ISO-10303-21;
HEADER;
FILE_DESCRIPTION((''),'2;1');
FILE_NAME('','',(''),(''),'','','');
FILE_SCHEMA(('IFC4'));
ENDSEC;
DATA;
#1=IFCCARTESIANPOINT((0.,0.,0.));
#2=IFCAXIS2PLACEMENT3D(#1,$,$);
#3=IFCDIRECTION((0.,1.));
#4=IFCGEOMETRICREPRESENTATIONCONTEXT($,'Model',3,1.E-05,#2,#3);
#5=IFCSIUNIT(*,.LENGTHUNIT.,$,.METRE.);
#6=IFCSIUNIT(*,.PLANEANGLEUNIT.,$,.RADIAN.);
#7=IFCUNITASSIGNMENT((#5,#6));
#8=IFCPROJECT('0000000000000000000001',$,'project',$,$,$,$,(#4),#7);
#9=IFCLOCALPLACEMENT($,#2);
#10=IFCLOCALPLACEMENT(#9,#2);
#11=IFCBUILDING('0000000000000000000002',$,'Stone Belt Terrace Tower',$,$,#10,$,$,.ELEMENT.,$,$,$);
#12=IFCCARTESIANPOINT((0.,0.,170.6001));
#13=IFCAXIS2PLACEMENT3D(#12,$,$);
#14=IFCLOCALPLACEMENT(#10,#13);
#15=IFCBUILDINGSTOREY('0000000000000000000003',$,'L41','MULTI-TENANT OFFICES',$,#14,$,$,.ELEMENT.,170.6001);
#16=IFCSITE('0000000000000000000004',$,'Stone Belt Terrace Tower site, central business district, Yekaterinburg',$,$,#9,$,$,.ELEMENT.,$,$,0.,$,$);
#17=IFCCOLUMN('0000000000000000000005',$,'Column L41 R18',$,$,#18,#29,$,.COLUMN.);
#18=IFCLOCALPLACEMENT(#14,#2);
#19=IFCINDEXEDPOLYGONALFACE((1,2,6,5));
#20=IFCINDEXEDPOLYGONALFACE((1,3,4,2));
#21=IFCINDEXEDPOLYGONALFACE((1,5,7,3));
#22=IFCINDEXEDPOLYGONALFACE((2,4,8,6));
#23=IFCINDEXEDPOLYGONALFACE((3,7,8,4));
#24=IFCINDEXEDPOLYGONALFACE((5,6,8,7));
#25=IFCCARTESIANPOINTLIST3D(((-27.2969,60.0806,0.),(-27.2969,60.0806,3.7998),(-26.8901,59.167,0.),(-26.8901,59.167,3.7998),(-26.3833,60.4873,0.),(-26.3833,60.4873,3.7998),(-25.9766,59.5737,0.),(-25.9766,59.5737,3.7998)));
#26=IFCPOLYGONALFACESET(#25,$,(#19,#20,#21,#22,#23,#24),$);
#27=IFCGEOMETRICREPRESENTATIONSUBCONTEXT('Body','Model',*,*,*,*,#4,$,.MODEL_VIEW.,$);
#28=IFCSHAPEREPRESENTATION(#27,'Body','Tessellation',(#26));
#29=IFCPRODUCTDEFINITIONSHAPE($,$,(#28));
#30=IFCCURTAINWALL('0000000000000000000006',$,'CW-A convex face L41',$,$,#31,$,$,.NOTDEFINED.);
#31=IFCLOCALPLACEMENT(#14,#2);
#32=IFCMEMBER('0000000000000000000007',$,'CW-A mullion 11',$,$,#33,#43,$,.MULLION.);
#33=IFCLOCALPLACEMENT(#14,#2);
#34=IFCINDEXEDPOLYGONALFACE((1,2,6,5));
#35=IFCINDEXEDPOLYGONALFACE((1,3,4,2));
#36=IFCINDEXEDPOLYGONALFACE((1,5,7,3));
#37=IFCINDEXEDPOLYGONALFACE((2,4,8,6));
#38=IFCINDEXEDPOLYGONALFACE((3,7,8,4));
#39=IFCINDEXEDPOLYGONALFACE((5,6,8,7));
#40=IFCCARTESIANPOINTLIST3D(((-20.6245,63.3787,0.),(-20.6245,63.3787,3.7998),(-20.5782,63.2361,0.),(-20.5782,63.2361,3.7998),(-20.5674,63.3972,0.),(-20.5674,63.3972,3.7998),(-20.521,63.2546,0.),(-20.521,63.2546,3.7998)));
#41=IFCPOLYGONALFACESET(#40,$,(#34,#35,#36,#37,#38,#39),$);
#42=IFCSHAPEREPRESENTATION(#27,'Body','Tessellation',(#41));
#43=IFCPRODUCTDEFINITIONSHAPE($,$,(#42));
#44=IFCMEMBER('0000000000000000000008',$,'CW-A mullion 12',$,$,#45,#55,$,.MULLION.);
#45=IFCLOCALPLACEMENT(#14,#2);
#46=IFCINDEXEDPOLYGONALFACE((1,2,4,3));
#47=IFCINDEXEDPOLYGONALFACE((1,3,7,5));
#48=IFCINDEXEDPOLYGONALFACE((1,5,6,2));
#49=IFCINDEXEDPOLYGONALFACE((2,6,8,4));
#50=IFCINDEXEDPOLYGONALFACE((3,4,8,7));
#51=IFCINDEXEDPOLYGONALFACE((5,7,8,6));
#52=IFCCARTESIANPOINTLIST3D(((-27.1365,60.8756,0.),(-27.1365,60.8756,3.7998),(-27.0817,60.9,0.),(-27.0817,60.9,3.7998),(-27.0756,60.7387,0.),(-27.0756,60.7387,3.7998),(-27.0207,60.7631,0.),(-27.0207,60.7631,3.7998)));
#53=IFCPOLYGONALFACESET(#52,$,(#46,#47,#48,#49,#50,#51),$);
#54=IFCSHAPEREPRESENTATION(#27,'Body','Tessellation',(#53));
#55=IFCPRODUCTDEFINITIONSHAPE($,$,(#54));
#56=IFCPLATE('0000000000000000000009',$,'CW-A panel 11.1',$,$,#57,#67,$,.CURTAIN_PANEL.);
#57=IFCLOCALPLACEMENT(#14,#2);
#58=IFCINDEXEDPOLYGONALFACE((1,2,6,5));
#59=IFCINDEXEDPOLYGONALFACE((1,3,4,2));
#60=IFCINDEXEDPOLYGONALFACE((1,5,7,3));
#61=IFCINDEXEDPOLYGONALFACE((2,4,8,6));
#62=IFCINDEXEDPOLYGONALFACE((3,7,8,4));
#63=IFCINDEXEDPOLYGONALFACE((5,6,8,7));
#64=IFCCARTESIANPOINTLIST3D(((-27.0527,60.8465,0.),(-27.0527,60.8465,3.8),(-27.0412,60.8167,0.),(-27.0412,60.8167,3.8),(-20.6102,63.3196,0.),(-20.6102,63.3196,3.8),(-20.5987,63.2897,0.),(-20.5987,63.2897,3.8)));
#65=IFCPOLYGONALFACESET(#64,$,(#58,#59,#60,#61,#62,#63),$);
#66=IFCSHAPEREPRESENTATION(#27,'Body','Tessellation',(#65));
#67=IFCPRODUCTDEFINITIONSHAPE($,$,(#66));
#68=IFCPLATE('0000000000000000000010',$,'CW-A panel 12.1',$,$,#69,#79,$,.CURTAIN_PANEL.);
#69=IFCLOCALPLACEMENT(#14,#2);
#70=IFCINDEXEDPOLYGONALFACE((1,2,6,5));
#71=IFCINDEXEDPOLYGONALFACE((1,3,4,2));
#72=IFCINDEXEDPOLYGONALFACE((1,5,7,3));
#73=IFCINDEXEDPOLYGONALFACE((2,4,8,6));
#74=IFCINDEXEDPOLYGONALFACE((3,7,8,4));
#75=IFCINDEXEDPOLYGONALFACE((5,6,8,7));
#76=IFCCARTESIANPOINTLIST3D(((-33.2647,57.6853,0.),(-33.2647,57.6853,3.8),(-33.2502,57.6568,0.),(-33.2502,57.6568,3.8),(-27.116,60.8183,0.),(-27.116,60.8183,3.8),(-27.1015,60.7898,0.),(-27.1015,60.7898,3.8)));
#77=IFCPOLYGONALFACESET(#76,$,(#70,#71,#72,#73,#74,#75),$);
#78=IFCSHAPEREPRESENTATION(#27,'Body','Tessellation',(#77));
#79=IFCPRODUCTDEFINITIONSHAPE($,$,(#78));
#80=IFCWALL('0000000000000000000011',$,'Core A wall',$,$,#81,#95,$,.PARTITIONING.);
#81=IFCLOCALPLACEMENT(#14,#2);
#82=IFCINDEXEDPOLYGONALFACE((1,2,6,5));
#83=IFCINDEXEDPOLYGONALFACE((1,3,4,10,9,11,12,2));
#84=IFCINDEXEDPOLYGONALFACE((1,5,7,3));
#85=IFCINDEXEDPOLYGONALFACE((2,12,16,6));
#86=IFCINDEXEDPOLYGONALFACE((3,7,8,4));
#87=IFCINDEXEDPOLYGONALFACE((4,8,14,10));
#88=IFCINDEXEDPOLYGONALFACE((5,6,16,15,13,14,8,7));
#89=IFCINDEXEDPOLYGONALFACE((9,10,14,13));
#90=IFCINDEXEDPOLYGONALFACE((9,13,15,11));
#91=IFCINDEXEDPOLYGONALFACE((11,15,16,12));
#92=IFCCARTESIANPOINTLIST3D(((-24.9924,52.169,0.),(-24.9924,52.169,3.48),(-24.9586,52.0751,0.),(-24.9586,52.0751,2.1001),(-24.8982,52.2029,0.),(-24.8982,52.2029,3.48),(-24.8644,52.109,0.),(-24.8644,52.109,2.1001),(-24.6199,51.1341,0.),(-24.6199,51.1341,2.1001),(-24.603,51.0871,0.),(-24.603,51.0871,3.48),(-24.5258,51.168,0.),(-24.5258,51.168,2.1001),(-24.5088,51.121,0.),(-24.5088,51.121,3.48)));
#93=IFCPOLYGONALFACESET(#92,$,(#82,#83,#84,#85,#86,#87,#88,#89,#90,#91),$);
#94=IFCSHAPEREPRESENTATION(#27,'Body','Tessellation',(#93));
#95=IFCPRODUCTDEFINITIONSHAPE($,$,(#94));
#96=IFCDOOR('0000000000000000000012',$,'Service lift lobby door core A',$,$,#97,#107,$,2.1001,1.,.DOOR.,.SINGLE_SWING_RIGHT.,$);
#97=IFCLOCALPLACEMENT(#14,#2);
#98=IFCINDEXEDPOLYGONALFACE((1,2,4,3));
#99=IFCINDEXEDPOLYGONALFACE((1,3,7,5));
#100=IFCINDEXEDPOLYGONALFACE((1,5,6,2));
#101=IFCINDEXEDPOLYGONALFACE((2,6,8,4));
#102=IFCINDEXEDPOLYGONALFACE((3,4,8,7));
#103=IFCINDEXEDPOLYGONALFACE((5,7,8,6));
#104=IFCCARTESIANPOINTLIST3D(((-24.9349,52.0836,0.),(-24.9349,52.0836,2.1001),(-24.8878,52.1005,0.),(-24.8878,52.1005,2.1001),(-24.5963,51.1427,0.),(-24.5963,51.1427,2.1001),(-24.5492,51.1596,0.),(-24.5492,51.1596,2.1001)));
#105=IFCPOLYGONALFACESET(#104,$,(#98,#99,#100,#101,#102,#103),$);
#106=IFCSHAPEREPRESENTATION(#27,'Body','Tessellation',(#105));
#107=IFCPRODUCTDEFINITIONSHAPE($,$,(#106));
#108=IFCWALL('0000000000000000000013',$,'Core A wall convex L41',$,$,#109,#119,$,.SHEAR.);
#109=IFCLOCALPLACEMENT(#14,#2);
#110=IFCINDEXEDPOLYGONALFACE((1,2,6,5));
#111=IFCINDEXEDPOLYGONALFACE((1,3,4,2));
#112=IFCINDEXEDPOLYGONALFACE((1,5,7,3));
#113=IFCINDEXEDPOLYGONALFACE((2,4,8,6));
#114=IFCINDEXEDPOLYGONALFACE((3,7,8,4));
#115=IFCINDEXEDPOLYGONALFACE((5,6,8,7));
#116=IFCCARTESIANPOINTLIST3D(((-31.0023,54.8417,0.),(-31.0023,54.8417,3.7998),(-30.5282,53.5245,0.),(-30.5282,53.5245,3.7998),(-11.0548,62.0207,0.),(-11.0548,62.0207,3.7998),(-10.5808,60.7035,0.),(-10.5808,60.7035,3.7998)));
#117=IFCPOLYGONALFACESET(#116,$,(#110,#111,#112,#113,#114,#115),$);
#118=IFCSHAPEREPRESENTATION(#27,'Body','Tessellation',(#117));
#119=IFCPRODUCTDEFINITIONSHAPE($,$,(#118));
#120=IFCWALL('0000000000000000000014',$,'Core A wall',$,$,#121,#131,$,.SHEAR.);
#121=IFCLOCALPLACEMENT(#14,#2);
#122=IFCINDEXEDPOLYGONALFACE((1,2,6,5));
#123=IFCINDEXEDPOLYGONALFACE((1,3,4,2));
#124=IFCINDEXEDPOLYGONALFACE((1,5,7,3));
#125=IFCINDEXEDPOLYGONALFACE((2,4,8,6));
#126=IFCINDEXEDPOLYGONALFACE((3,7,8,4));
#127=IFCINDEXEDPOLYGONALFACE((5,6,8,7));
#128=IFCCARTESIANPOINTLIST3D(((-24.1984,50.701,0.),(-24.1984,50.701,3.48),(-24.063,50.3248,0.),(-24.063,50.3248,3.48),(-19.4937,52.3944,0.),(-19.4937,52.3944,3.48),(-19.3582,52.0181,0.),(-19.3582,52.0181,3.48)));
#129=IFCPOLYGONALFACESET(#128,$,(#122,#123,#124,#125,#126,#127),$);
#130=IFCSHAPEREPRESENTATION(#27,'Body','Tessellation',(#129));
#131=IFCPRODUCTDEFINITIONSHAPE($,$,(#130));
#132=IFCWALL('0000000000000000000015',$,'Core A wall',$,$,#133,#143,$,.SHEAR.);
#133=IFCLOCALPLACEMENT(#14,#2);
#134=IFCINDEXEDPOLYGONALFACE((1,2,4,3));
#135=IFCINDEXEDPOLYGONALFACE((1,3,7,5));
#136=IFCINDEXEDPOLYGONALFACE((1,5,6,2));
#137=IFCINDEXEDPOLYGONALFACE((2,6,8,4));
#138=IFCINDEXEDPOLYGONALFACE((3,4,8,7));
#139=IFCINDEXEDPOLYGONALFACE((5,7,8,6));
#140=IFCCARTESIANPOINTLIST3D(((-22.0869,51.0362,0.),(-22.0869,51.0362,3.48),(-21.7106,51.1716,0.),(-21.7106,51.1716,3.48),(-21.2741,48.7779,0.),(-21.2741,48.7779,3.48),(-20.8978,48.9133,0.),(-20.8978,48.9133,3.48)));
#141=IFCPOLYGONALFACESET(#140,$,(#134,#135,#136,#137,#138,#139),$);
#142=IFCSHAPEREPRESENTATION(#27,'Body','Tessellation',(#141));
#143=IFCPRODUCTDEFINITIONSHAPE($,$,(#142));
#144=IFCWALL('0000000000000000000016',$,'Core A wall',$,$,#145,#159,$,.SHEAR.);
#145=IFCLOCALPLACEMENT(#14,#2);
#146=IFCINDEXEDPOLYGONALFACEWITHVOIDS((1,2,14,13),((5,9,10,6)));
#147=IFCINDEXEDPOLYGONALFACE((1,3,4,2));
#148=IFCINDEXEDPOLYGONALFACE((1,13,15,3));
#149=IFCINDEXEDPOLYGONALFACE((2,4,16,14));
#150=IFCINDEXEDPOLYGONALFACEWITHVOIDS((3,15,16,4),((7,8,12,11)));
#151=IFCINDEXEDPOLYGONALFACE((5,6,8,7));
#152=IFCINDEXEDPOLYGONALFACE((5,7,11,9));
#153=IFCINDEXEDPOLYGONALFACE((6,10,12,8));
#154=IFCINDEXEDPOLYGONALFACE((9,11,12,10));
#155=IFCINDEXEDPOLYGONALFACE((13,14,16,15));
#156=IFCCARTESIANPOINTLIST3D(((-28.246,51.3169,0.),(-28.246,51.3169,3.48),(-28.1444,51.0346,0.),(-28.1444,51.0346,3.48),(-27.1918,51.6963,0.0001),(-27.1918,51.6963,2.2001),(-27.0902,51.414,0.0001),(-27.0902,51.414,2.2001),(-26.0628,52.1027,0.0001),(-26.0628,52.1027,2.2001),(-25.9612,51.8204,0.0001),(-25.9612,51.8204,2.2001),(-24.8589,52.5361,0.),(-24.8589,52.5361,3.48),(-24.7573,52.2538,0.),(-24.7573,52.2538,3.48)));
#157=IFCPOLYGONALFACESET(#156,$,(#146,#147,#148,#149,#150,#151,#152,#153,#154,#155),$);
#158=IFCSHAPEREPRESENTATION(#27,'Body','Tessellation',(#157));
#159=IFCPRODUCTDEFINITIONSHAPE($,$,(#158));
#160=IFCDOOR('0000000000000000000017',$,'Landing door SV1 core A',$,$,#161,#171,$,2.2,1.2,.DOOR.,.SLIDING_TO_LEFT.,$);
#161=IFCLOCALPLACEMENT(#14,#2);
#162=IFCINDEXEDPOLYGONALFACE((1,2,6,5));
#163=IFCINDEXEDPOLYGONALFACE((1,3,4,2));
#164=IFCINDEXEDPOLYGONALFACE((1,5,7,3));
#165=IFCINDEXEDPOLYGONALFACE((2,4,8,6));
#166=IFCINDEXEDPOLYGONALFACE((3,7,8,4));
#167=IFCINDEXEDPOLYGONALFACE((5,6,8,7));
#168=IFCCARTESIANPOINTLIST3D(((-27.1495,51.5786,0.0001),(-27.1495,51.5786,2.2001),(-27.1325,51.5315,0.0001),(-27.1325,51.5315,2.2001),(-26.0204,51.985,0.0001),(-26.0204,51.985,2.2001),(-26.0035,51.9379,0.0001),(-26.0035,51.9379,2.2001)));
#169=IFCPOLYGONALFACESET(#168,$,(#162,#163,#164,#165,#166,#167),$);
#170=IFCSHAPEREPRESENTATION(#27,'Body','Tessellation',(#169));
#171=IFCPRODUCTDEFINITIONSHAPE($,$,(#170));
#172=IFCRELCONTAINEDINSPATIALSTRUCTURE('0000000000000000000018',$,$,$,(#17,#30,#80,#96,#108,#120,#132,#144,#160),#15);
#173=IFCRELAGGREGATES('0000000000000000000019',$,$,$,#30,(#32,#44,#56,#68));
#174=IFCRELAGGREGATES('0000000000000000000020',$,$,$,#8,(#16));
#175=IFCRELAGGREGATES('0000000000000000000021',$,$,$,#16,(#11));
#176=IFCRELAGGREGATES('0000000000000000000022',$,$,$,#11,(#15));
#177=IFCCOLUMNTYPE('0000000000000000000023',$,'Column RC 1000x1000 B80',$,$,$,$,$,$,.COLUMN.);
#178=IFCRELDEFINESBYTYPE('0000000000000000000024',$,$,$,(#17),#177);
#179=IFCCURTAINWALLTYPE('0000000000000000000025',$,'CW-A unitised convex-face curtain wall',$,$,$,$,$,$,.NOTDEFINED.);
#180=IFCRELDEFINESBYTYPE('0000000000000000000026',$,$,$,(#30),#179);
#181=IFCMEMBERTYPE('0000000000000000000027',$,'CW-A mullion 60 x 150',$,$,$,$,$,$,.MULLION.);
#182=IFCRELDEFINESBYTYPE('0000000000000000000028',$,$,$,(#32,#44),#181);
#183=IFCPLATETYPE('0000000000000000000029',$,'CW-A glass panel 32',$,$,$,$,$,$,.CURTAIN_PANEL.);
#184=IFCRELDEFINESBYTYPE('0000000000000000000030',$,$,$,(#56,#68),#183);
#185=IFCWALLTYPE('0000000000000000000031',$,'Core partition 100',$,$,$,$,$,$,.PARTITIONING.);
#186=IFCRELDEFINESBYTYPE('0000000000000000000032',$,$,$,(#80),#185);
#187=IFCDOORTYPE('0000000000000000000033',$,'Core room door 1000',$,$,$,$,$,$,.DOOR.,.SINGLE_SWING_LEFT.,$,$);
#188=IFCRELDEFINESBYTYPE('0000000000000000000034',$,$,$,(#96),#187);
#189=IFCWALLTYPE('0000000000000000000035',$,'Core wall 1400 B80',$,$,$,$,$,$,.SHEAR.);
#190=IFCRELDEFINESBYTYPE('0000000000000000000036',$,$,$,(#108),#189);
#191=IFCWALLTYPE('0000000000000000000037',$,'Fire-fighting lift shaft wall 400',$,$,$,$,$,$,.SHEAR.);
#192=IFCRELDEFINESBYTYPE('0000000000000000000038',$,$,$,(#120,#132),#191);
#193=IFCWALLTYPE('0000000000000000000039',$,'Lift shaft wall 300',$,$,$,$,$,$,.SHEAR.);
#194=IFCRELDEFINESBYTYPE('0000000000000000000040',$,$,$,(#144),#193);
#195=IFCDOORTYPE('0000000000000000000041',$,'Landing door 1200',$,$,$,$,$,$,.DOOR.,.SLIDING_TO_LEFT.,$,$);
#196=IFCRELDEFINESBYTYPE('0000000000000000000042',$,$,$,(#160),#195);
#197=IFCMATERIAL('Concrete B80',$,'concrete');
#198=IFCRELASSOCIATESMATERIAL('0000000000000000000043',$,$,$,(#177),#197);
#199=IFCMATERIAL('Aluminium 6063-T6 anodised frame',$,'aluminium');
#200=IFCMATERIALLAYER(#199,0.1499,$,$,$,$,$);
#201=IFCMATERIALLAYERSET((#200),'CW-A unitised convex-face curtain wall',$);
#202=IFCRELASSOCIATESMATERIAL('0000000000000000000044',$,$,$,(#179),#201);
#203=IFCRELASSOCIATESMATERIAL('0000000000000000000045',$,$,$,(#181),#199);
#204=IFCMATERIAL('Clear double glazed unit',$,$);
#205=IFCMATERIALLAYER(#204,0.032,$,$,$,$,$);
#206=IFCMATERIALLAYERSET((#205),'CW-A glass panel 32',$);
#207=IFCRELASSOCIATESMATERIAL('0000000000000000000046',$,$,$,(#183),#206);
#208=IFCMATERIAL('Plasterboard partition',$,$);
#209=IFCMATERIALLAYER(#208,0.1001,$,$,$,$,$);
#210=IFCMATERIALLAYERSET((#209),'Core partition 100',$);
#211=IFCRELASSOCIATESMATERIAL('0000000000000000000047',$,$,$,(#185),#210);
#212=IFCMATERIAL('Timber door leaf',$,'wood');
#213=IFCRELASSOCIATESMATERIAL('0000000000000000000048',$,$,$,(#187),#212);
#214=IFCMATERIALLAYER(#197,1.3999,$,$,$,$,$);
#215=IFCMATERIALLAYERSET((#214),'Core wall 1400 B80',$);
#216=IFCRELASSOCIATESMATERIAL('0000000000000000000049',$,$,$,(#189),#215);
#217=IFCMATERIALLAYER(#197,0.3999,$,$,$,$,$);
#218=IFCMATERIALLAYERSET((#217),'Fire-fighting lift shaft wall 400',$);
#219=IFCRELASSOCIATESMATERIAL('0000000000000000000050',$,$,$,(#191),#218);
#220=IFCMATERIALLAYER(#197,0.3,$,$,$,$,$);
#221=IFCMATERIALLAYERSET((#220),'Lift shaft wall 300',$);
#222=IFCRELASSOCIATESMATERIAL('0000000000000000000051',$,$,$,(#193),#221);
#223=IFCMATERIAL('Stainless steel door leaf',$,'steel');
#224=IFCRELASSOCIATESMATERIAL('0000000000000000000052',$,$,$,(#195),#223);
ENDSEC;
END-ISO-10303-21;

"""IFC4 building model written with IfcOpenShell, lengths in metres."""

from ifc_helpers import new_model, si_unit, direction, frame, frame_2d, origin, origin_2d, place, context, subcontext, project, spatial, rectangle, extrude, material, layer, layer_set, material_profile, profile_set, type_object, element, fill, aggregate, save


model = new_model("IFC4")

# Units and contexts
model_context = context("Model", 3, precision=1e-05, world=origin(), true_north=direction((0.0, 1.0)))
body_context = subcontext(model_context, "Body", "Model", "MODEL_VIEW")
ifc_project = project(units=[si_unit("LENGTHUNIT", "METRE"), si_unit("PLANEANGLEUNIT", "RADIAN")], contexts=[model_context])

# Site, building, storey
site_placement = place(None, origin())
site = spatial("IfcSite", under=ifc_project, at=site_placement, Name="Stone Belt Terrace Tower site, central business district, Yekaterinburg", CompositionType="ELEMENT", RefElevation=0.0)
building_placement = place(site_placement, origin())
building = spatial("IfcBuilding", under=site, at=building_placement, Name="Stone Belt Terrace Tower", CompositionType="ELEMENT")
storey_placement = place(building_placement, frame((0.0, 0.0, 170.6001)))
storey = spatial("IfcBuildingStorey", under=building, at=storey_placement, Name="L41", Description="MULTI-TENANT OFFICES", CompositionType="ELEMENT", Elevation=170.6001)

# Column
ifc_material_1 = material(Name="Concrete B80", Category="concrete")
ifc_material_profile_1 = material_profile(ifc_material_1, rectangle(XDim=1.0, YDim=1.0, at=origin_2d()), Name="RC 1000x1000")
ifc_profile_set_1 = profile_set([ifc_material_profile_1], Name="Concrete B80")
column_type = type_object("IfcColumnType", Name="Column RC 1000x1000 B80", PredefinedType="COLUMN", material=ifc_profile_set_1)
column_placement = place(storey_placement, frame((-26.6367, 59.8271, 0.0), z_axis=(0.0, 0.0, 1.0), x_axis=(0.913545, 0.406737, 0.0)))
element("IfcColumn", 1, at=column_placement, inside=storey, type_object=column_type, Name="Column L41 R18", PredefinedType="COLUMN", context=body_context, shape_type="SweptSolid", body=[
    extrude(rectangle(XDim=1.0, YDim=1.0, at=origin_2d()), origin(), (0.0, 0.0, 1.0), 3.7998),
])

# Curtain wall, members, plates
ifc_material_2 = material(Name="Aluminium 6063-T6 anodised frame", Category="aluminium")
ifc_layer_1 = layer(ifc_material_2, 0.1499)
ifc_layer_set_1 = layer_set([ifc_layer_1], Name="CW-A unitised convex-face curtain wall")
curtain_wall_type = type_object("IfcCurtainWallType", Name="CW-A unitised convex-face curtain wall", PredefinedType="NOTDEFINED", material=ifc_layer_set_1)
curtain_wall_placement = place(storey_placement, origin())
curtain_wall = element("IfcCurtainWall", 2, at=curtain_wall_placement, inside=storey, type_object=curtain_wall_type, Name="CW-A convex face L41", PredefinedType="NOTDEFINED")
ifc_material_profile_2 = material_profile(ifc_material_2, rectangle(XDim=0.1499, YDim=0.0601, at=origin_2d()), Name="Aluminium 6063-T6 60x150")
ifc_profile_set_2 = profile_set([ifc_material_profile_2], Name="Aluminium 6063-T6 anodised frame")
member_type = type_object("IfcMemberType", Name="CW-A mullion 60 x 150", PredefinedType="MULLION", material=ifc_profile_set_2)
member_1_placement = place(storey_placement, frame((-20.5728, 63.3167, 0.0), z_axis=(0.0, 0.0, 1.0), x_axis=(0.309017, -0.951057, 0.0)))
member_1 = element("IfcMember", 3, at=member_1_placement, type_object=member_type, Name="CW-A mullion 11", PredefinedType="MULLION", context=body_context, shape_type="SweptSolid", body=[
    extrude(rectangle(XDim=0.1499, YDim=0.0601, at=origin_2d()), origin(), (0.0, 0.0, 1.0), 3.7998),
])
member_2_placement = place(storey_placement, frame((-27.0786, 60.8193, 0.0), z_axis=(0.0, 0.0, 1.0), x_axis=(0.406737, -0.913545, 0.0)))
member_2 = element("IfcMember", 4, at=member_2_placement, type_object=member_type, Name="CW-A mullion 12", PredefinedType="MULLION", context=body_context, shape_type="SweptSolid", body=[
    extrude(rectangle(XDim=0.1499, YDim=0.0601, at=origin_2d()), origin(), (0.0, 0.0, 1.0), 3.7998),
])
ifc_material_3 = material(Name="Clear double glazed unit")
ifc_layer_2 = layer(ifc_material_3, 0.032)
ifc_layer_set_2 = layer_set([ifc_layer_2], Name="CW-A glass panel 32")
plate_type = type_object("IfcPlateType", Name="CW-A glass panel 32", PredefinedType="CURTAIN_PANEL", material=ifc_layer_set_2)
plate_1_placement = place(storey_placement, frame((-23.8257, 62.0681, 0.0), z_axis=(0.0, 0.0, 1.0), x_axis=(-0.93358, -0.358368, 0.0)))
plate_1 = element("IfcPlate", 5, at=plate_1_placement, type_object=plate_type, Name="CW-A panel 11.1", PredefinedType="CURTAIN_PANEL", context=body_context, shape_type="SweptSolid", body=[
    extrude(rectangle(XDim=6.9009, YDim=0.032, at=origin_2d()), origin(), (0.0, 0.0, 1.0), 3.8),
])
plate_2_placement = place(storey_placement, frame((-30.1831, 59.2375, 0.0), z_axis=(0.0, 0.0, 1.0), x_axis=(-0.891007, -0.45399, 0.0)))
plate_2 = element("IfcPlate", 6, at=plate_2_placement, type_object=plate_type, Name="CW-A panel 12.1", PredefinedType="CURTAIN_PANEL", context=body_context, shape_type="SweptSolid", body=[
    extrude(rectangle(XDim=6.9009, YDim=0.032, at=origin_2d()), origin(), (0.0, 0.0, 1.0), 3.8),
])
aggregate(curtain_wall, [member_1, member_2, plate_1, plate_2])

# Wall, opening, door
ifc_material_4 = material(Name="Plasterboard partition")
ifc_layer_3 = layer(ifc_material_4, 0.1001)
ifc_layer_set_3 = layer_set([ifc_layer_3], Name="Core partition 100")
wall_type_1 = type_object("IfcWallType", Name="Core partition 100", PredefinedType="PARTITIONING", material=ifc_layer_set_3)
wall_1_placement = place(storey_placement, frame((-24.5559, 51.104, 0.0), z_axis=(0.0, 0.0, 1.0), x_axis=(-0.338622, 0.940923, 0.0)))
wall_1 = element("IfcWall", 7, at=wall_1_placement, inside=storey, type_object=wall_type_1, Name="Core A wall", PredefinedType="PARTITIONING", context=body_context, shape_type="SweptSolid", body=[
    extrude(rectangle(XDim=1.1499, YDim=0.1001, at=frame_2d((0.575, 0.0))), origin(), (0.0, 0.0, 1.0), 3.48),
])
opening_1_placement = place(wall_1_placement, frame((0.05, 0.0, 0.0)))
opening_1 = element("IfcOpeningElement", 8, at=opening_1_placement, cuts=wall_1, PredefinedType="OPENING", context=body_context, shape_type="SweptSolid", body=[
    extrude(rectangle(XDim=1.0, YDim=2.1001, at=frame_2d((0.5, 1.05))), frame((0.0, 0.0601, 0.0), z_axis=(0.0, -1.0, 0.0), x_axis=(1.0, 0.0, 0.0)), (0.0, 0.0, 1.0), 0.1201),
])
ifc_material_5 = material(Name="Timber door leaf", Category="wood")
door_type_1 = type_object("IfcDoorType", Name="Core room door 1000", OperationType="SINGLE_SWING_LEFT", PredefinedType="DOOR", material=ifc_material_5)
door_1_placement = place(opening_1_placement, origin())
door_1 = element("IfcDoor", 9, at=door_1_placement, inside=storey, type_object=door_type_1, Name="Service lift lobby door core A", OperationType="SINGLE_SWING_RIGHT", OverallHeight=2.1001, OverallWidth=1.0, PredefinedType="DOOR", context=body_context, shape_type="SweptSolid", body=[
    extrude(rectangle(XDim=1.0, YDim=2.1001, at=frame_2d((0.5, 1.05))), frame((0.0, 0.0249, 0.0), z_axis=(0.0, -1.0, 0.0), x_axis=(1.0, 0.0, 0.0)), (0.0, 0.0, 1.0), 0.05),
])
fill(opening_1, door_1)

# Walls
ifc_layer_4 = layer(ifc_material_1, 1.3999)
ifc_layer_set_4 = layer_set([ifc_layer_4], Name="Core wall 1400 B80")
wall_type_2 = type_object("IfcWallType", Name="Core wall 1400 B80", PredefinedType="SHEAR", material=ifc_layer_set_4)
wall_2_placement = place(storey_placement, frame((-30.7654, 54.1831, 0.0), z_axis=(0.0, 0.0, 1.0), x_axis=(0.94092, 0.33863, 0.0)))
element("IfcWall", 10, at=wall_2_placement, inside=storey, type_object=wall_type_2, Name="Core A wall convex L41", PredefinedType="SHEAR", context=body_context, shape_type="SweptSolid", body=[
    extrude(rectangle(XDim=21.2, YDim=1.3999, at=frame_2d((10.6001, 0.0))), origin(), (0.0, 0.0, 1.0), 3.7998),
])
ifc_layer_5 = layer(ifc_material_1, 0.3999)
ifc_layer_set_5 = layer_set([ifc_layer_5], Name="Fire-fighting lift shaft wall 400")
wall_type_3 = type_object("IfcWallType", Name="Fire-fighting lift shaft wall 400", PredefinedType="SHEAR", material=ifc_layer_set_5)
wall_3_placement = place(storey_placement, frame((-24.1306, 50.5129, 0.0), z_axis=(0.0, 0.0, 1.0), x_axis=(0.940912, 0.338652, 0.0)))
element("IfcWall", 11, at=wall_3_placement, inside=storey, type_object=wall_type_3, Name="Core A wall", PredefinedType="SHEAR", context=body_context, shape_type="SweptSolid", body=[
    extrude(rectangle(XDim=5.0002, YDim=0.3999, at=frame_2d((2.5, 0.0))), origin(), (0.0, 0.0, 1.0), 3.48),
])
wall_4_placement = place(storey_placement, frame((-21.0859, 48.8455, 0.0), z_axis=(0.0, 0.0, 1.0), x_axis=(-0.338629, 0.94092, 0.0)))
element("IfcWall", 12, at=wall_4_placement, inside=storey, type_object=wall_type_3, Name="Core A wall", PredefinedType="SHEAR", context=body_context, shape_type="SweptSolid", body=[
    extrude(rectangle(XDim=2.4001, YDim=0.3999, at=frame_2d((1.2002, 0.0))), origin(), (0.0, 0.0, 1.0), 3.48),
])

# Wall, opening, door
ifc_layer_6 = layer(ifc_material_1, 0.3)
ifc_layer_set_6 = layer_set([ifc_layer_6], Name="Lift shaft wall 300")
wall_type_4 = type_object("IfcWallType", Name="Lift shaft wall 300", PredefinedType="SHEAR", material=ifc_layer_set_6)
wall_5_placement = place(storey_placement, frame((-28.1951, 51.1758, 0.0), z_axis=(0.0, 0.0, 1.0), x_axis=(0.940901, 0.338681, 0.0)))
wall_5 = element("IfcWall", 13, at=wall_5_placement, inside=storey, type_object=wall_type_4, Name="Core A wall", PredefinedType="SHEAR", context=body_context, shape_type="SweptSolid", body=[
    extrude(rectangle(XDim=3.5999, YDim=0.3, at=frame_2d((1.7998, 0.0))), origin(), (0.0, 0.0, 1.0), 3.48),
])
opening_2_placement = place(wall_5_placement, frame((1.1201, 0.0, 0.0)))
opening_2 = element("IfcOpeningElement", 14, at=opening_2_placement, cuts=wall_5, PredefinedType="OPENING", context=body_context, shape_type="SweptSolid", body=[
    extrude(rectangle(XDim=1.2, YDim=2.2, at=frame_2d((0.6001, 1.1001))), frame((0.0, 0.1599, 0.0), z_axis=(0.0, -1.0, 0.0), x_axis=(1.0, 0.0, 0.0)), (0.0, 0.0, 1.0), 0.3201),
])
ifc_material_6 = material(Name="Stainless steel door leaf", Category="steel")
door_type_2 = type_object("IfcDoorType", Name="Landing door 1200", OperationType="SLIDING_TO_LEFT", PredefinedType="DOOR", material=ifc_material_6)
door_2_placement = place(opening_2_placement, origin())
door_2 = element("IfcDoor", 15, at=door_2_placement, inside=storey, type_object=door_type_2, Name="Landing door SV1 core A", OperationType="SLIDING_TO_LEFT", OverallHeight=2.2, OverallWidth=1.2, PredefinedType="DOOR", context=body_context, shape_type="SweptSolid", body=[
    extrude(rectangle(XDim=1.2, YDim=2.2, at=frame_2d((0.6001, 1.1001))), frame((0.0, 0.0249, 0.0), z_axis=(0.0, -1.0, 0.0), x_axis=(1.0, 0.0, 0.0)), (0.0, 0.0, 1.0), 0.05),
])
fill(opening_2, door_2)

save(model, "model.ifc")
